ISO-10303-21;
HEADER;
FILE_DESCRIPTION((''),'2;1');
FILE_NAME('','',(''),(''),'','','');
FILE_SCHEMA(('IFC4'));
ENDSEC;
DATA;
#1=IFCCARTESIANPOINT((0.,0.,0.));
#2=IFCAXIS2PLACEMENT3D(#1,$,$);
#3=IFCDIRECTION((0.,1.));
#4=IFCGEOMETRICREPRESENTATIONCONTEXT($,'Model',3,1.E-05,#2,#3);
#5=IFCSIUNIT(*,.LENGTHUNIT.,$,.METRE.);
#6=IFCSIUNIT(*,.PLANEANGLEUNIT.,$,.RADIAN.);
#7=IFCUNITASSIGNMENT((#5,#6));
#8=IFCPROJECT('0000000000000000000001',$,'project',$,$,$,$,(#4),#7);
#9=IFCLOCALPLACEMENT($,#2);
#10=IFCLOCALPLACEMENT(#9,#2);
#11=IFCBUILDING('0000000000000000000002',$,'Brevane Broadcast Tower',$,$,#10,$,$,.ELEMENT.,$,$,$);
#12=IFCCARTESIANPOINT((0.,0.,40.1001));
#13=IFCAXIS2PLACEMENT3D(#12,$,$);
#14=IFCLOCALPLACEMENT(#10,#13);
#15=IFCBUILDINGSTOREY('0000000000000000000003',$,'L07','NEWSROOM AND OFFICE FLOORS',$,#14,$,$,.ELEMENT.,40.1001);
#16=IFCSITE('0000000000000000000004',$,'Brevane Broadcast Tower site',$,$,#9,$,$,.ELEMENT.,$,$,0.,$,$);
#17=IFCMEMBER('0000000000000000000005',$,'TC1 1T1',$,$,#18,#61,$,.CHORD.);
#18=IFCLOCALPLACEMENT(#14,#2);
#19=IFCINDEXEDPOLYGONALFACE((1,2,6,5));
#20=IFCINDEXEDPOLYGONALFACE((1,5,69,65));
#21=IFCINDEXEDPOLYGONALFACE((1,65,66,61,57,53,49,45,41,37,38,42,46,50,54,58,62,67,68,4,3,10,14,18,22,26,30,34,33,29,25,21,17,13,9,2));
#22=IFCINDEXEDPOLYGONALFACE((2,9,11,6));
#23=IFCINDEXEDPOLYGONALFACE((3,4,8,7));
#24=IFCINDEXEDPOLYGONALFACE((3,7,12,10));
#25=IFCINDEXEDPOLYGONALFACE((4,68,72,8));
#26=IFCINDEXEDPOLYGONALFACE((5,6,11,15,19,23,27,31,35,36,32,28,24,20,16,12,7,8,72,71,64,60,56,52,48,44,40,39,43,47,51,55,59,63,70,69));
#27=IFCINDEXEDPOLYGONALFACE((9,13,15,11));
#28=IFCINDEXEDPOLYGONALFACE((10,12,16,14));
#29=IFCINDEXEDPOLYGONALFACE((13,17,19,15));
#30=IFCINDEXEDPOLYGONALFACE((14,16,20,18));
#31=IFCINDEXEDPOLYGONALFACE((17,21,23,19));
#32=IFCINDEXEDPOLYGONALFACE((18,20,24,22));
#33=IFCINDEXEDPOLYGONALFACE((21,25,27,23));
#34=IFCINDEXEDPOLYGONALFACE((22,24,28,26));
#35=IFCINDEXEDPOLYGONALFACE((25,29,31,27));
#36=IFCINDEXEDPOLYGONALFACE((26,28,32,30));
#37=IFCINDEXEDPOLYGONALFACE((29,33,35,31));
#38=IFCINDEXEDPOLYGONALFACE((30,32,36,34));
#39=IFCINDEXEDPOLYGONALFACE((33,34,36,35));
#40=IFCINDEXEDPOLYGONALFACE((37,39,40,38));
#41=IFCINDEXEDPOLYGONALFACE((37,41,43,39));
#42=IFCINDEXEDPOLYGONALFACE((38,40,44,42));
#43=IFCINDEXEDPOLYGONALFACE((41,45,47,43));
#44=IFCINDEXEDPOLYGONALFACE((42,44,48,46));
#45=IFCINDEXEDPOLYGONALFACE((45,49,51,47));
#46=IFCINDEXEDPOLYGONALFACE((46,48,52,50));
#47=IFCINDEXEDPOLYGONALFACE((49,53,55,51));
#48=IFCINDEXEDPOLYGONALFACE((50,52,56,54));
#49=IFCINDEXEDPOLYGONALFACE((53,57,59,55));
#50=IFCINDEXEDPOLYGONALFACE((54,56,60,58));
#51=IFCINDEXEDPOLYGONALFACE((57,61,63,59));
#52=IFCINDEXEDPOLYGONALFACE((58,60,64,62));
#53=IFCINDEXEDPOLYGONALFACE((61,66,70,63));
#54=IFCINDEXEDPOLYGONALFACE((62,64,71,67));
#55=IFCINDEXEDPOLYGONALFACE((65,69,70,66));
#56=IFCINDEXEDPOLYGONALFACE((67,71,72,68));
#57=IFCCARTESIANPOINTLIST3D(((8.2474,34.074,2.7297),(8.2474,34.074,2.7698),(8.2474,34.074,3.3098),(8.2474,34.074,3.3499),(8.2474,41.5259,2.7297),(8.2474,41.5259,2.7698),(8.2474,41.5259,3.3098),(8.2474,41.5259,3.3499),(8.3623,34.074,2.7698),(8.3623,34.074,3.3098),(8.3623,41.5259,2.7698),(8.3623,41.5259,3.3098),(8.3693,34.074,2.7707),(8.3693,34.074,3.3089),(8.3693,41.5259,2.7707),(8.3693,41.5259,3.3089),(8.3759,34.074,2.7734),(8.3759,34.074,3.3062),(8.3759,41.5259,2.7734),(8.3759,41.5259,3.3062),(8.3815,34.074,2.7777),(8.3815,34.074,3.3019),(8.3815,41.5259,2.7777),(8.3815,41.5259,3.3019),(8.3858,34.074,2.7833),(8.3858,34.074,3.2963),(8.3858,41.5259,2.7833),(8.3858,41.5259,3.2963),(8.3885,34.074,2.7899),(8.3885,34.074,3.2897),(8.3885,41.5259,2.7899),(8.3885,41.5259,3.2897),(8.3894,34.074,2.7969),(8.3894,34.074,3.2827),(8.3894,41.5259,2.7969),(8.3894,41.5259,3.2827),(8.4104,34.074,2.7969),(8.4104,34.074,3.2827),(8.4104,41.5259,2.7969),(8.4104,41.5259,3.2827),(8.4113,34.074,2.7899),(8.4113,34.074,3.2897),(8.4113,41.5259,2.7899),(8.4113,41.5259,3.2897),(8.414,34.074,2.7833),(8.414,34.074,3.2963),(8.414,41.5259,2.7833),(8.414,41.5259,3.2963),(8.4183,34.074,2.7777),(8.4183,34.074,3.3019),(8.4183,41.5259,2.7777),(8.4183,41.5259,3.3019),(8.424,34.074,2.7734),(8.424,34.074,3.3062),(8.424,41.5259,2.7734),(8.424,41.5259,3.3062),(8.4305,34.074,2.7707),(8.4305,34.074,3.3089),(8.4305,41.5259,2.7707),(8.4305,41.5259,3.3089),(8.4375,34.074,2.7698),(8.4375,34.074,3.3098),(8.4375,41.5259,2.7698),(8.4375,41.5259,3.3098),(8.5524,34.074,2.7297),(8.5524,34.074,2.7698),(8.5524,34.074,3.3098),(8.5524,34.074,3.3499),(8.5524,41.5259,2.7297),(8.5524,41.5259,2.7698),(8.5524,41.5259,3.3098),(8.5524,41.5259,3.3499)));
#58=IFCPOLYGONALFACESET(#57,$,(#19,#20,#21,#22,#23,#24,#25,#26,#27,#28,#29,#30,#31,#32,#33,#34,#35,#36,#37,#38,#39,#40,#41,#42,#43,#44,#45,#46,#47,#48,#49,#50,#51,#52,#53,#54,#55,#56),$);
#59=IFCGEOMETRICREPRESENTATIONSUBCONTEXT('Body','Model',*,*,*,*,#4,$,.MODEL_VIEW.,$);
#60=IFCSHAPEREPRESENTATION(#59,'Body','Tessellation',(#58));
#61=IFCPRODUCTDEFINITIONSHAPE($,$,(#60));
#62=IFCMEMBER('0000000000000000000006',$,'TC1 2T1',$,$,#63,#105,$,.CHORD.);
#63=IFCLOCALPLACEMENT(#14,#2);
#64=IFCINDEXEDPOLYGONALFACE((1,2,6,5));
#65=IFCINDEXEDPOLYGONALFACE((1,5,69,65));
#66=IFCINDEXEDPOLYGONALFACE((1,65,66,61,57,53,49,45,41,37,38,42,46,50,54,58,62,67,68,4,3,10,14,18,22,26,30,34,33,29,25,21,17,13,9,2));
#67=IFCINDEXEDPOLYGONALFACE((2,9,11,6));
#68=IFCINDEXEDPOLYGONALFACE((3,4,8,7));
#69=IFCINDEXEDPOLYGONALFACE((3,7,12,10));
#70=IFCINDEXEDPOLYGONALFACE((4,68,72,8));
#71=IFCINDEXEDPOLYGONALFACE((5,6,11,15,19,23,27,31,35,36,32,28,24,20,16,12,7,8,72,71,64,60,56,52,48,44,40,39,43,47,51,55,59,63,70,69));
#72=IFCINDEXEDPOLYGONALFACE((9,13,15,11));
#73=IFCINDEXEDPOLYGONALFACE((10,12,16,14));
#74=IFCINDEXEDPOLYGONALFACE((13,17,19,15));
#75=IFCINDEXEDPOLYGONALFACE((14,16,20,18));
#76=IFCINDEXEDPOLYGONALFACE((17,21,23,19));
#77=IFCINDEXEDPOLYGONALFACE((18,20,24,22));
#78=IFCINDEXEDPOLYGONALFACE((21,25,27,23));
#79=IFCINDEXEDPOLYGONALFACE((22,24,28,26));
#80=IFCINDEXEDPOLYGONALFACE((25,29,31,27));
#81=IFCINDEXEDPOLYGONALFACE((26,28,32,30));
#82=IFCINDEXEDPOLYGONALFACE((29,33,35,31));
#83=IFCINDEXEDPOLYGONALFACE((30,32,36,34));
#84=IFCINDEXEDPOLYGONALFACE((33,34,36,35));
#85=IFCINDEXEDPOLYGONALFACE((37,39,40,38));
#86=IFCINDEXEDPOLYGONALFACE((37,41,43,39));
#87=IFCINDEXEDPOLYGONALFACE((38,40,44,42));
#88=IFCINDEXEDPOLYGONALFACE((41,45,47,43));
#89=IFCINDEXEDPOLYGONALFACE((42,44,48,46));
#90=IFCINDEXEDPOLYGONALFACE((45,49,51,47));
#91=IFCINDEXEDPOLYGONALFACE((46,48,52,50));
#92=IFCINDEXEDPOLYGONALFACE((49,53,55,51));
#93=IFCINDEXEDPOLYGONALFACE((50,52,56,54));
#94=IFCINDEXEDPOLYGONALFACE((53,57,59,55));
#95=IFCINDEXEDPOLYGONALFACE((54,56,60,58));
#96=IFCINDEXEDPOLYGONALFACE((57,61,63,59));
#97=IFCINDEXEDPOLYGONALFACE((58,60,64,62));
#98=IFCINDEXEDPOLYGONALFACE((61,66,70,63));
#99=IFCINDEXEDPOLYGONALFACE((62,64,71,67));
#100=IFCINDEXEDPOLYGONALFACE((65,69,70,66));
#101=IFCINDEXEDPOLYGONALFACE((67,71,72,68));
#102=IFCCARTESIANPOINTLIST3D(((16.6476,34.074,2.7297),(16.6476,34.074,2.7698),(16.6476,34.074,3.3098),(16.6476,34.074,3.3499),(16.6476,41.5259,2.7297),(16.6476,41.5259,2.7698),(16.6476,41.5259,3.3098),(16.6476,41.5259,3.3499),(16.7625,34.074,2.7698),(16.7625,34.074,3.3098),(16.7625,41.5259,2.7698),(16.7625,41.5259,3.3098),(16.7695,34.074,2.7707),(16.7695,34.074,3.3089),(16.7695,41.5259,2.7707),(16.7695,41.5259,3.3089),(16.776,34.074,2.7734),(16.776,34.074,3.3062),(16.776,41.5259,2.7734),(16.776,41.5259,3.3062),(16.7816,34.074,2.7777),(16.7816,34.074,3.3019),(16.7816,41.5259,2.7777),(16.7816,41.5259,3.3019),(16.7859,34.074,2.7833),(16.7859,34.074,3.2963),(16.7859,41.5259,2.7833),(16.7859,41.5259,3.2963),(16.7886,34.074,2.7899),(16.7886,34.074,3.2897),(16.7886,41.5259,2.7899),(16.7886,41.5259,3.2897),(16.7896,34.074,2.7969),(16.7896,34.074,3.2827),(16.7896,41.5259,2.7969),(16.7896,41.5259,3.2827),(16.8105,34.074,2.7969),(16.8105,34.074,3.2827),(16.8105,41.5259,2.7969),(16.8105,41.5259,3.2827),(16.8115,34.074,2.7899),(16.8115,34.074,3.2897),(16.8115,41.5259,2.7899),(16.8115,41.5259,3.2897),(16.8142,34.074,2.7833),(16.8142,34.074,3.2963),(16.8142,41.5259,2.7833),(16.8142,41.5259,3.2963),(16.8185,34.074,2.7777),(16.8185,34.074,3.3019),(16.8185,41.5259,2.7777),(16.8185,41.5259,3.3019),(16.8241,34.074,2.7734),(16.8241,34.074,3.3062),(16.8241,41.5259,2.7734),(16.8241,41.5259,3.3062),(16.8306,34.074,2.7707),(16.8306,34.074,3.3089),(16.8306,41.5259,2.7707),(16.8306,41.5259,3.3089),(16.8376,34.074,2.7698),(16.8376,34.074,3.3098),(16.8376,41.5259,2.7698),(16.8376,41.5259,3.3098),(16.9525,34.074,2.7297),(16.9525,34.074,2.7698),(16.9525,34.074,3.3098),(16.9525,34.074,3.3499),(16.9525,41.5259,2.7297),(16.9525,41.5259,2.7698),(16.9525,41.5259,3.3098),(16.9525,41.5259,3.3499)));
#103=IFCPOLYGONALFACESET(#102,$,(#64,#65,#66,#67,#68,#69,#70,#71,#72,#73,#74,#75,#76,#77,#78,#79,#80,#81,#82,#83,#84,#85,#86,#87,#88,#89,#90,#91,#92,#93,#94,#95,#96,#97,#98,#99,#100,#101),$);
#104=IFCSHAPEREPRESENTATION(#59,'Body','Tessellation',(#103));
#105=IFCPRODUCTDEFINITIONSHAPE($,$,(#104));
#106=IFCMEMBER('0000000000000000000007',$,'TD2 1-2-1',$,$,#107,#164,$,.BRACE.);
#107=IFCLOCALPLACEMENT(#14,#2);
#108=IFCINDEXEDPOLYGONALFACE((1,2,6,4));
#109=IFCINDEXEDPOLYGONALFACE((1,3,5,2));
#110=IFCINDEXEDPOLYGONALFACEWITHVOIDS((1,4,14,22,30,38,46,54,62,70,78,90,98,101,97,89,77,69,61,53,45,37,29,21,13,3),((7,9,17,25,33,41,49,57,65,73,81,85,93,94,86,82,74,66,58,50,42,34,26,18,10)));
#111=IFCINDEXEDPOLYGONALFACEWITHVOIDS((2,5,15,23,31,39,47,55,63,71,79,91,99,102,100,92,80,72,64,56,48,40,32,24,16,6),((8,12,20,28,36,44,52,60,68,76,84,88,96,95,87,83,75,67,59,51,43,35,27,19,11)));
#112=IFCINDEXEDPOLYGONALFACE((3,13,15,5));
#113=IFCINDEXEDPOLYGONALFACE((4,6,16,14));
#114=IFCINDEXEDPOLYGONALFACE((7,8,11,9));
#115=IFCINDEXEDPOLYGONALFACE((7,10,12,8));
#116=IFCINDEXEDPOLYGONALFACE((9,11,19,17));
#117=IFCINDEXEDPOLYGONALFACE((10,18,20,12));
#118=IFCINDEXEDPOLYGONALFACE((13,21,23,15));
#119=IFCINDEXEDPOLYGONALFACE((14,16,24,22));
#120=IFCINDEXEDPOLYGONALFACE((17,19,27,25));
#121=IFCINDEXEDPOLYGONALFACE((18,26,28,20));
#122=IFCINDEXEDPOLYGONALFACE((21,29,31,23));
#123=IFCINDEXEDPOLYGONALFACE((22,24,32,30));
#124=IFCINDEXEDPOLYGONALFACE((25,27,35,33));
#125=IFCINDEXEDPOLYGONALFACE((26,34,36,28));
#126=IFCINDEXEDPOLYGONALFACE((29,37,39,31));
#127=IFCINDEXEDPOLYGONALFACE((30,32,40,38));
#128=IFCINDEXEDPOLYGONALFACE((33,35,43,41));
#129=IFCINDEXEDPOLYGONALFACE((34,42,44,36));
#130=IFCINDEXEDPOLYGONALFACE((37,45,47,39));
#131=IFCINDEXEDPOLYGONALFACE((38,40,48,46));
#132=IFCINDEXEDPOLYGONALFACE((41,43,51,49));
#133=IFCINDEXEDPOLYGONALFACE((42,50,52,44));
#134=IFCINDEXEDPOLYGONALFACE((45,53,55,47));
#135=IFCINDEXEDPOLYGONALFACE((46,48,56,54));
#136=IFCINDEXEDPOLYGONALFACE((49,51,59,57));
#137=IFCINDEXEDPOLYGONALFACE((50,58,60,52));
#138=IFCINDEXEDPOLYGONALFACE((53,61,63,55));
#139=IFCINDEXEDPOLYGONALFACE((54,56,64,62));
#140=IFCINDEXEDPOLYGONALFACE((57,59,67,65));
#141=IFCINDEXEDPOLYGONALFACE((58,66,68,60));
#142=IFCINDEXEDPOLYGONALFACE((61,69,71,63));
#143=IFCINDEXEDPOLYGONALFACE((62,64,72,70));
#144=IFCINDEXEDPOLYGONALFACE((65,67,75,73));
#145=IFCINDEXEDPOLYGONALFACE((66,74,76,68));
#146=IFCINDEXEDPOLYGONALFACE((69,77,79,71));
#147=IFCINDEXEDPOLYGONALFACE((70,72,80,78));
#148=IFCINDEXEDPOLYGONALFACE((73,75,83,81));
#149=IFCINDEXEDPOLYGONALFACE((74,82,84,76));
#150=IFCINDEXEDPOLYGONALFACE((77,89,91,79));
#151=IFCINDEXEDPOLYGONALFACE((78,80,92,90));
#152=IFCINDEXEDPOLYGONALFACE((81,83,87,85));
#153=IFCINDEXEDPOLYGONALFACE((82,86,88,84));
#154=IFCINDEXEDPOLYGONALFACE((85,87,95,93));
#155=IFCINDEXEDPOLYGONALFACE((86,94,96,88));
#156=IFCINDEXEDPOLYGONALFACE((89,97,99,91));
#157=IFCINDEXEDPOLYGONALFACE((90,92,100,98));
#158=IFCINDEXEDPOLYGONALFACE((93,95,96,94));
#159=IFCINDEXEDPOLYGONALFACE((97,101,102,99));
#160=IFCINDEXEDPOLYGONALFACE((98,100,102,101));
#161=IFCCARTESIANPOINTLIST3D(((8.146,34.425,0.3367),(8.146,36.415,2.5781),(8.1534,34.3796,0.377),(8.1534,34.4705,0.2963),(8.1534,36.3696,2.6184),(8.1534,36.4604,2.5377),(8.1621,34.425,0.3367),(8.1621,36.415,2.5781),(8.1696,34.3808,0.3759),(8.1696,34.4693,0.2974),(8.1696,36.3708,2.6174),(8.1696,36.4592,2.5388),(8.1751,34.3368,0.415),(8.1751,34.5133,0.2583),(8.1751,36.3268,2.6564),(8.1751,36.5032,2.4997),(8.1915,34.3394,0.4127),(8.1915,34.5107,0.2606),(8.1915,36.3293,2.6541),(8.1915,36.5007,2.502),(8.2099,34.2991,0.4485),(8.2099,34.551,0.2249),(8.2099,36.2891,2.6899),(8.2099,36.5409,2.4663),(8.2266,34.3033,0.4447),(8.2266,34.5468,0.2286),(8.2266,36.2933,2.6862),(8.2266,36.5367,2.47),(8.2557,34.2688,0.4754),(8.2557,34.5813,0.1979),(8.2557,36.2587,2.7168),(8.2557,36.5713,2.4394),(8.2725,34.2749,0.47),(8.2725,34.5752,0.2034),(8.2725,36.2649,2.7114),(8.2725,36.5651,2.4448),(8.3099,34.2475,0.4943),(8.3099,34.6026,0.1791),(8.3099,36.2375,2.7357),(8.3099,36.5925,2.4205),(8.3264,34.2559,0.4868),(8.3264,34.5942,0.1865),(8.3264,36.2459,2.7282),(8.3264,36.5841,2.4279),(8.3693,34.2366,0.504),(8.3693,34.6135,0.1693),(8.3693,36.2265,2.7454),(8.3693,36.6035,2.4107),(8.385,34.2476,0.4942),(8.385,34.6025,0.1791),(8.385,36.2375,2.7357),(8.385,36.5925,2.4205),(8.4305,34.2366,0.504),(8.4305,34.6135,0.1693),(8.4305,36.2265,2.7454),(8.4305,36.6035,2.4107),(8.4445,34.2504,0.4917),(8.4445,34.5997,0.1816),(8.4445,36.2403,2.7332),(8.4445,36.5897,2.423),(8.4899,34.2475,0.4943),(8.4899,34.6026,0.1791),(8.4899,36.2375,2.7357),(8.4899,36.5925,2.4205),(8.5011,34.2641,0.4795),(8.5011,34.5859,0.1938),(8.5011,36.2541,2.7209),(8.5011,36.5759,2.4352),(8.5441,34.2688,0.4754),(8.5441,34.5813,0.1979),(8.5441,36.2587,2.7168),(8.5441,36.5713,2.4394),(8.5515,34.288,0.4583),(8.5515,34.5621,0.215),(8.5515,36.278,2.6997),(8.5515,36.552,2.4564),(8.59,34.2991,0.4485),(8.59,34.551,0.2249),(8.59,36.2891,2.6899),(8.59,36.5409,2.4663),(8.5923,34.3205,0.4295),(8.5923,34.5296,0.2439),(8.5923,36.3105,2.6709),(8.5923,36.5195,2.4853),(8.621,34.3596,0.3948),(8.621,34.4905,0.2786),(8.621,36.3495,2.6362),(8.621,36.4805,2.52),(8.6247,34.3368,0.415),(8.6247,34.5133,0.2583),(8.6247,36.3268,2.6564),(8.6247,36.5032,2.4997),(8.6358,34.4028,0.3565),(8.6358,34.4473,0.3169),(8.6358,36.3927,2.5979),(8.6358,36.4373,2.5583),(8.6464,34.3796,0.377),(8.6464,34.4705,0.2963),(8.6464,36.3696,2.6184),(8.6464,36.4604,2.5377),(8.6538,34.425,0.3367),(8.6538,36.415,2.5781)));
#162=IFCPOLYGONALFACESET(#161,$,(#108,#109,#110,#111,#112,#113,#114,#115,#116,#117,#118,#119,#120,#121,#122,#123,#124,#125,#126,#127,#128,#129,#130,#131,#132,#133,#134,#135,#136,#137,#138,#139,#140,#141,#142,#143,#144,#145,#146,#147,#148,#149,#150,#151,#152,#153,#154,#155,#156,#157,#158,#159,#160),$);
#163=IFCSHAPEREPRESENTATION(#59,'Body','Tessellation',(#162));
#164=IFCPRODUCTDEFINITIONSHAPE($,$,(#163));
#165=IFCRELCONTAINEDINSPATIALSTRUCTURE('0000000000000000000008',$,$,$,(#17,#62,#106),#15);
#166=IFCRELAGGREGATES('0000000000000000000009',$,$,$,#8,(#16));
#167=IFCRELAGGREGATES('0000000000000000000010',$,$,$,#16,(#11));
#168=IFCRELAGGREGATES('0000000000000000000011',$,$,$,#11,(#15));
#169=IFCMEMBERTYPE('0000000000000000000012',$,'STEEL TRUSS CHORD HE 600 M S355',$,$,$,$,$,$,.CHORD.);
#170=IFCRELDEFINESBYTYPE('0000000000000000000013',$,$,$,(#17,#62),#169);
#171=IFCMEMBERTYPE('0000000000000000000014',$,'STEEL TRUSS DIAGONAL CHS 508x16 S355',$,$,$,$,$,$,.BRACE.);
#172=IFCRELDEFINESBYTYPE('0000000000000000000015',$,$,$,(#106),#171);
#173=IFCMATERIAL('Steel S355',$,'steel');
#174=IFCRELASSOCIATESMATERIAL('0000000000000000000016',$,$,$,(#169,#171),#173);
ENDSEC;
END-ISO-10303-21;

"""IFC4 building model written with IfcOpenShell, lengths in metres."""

from ifc_helpers import new_model, si_unit, direction, frame, origin, origin_2d, place, context, subcontext, project, spatial, hollow_circle, i_section, extrude, material, material_profile, profile_set, type_object, element, save


model = new_model("IFC4")

# Units and contexts
model_context = context("Model", 3, precision=1e-05, world=origin(), true_north=direction((0.0, 1.0)))
body_context = subcontext(model_context, "Body", "Model", "MODEL_VIEW")
ifc_project = project(units=[si_unit("LENGTHUNIT", "METRE"), si_unit("PLANEANGLEUNIT", "RADIAN")], contexts=[model_context])

# Site, building, storey
site_placement = place(None, origin())
site = spatial("IfcSite", under=ifc_project, at=site_placement, Name="Brevane Broadcast Tower site", CompositionType="ELEMENT", RefElevation=0.0)
building_placement = place(site_placement, origin())
building = spatial("IfcBuilding", under=site, at=building_placement, Name="Brevane Broadcast Tower", CompositionType="ELEMENT")
storey_placement = place(building_placement, frame((0.0, 0.0, 40.1001)))
storey = spatial("IfcBuildingStorey", under=building, at=storey_placement, Name="L07", Description="NEWSROOM AND OFFICE FLOORS", CompositionType="ELEMENT", Elevation=40.1001)

# Shared definitions
ifc_material_1 = material(Name="Steel S355", Category="steel")

# Members
ifc_material_profile_1 = material_profile(ifc_material_1, i_section(OverallWidth=0.3049, OverallDepth=0.6201, WebThickness=0.021, FlangeThickness=0.04, FilletRadius=0.0271, at=origin_2d()), Name="HE 600 M")
ifc_profile_set_1 = profile_set([ifc_material_profile_1], Name="Steel S355")
member_type_1 = type_object("IfcMemberType", Name="STEEL TRUSS CHORD HE 600 M S355", PredefinedType="CHORD", material=ifc_profile_set_1)
for number, where, z_axis, x_axis, name in (
    (1, (8.3999, 34.074, 3.0398), (0.0, 1.0, 0.0), (-1.0, 0.0, 0.0), "TC1 1T1"),
    (2, (16.8, 34.074, 3.0398), (0.0, 1.0, 0.0), (-1.0, 0.0, 0.0), "TC1 2T1"),
):
    element("IfcMember", number, at=place(storey_placement, frame(where, z_axis=z_axis, x_axis=x_axis)), inside=storey, type_object=member_type_1, Name=name, PredefinedType="CHORD", context=body_context, shape_type="SweptSolid", body=[
        extrude(i_section(OverallWidth=0.3049, OverallDepth=0.6201, WebThickness=0.021, FlangeThickness=0.04, FilletRadius=0.0271, at=origin_2d()), origin(), (0.0, 0.0, 1.0), 7.4519),
    ])
ifc_material_profile_2 = material_profile(ifc_material_1, hollow_circle(Radius=0.2539, WallThickness=0.0161, at=origin_2d()), Name="CHS 508x16")
ifc_profile_set_2 = profile_set([ifc_material_profile_2], Name="Steel S355")
member_type_2 = type_object("IfcMemberType", Name="STEEL TRUSS DIAGONAL CHS 508x16 S355", PredefinedType="BRACE", material=ifc_profile_set_2)
member_1_placement = place(storey_placement, frame((8.3999, 34.425, 0.3367), z_axis=(0.0, 0.663914, 0.747809), x_axis=(-1.0, 0.0, 0.0)))
element("IfcMember", 3, at=member_1_placement, inside=storey, type_object=member_type_2, Name="TD2 1-2-1", PredefinedType="BRACE", context=body_context, shape_type="SweptSolid", body=[
    extrude(hollow_circle(Radius=0.2539, WallThickness=0.0161, at=origin_2d()), origin(), (0.0, 0.0, 1.0), 2.9973),
])

save(model, "model.ifc")
